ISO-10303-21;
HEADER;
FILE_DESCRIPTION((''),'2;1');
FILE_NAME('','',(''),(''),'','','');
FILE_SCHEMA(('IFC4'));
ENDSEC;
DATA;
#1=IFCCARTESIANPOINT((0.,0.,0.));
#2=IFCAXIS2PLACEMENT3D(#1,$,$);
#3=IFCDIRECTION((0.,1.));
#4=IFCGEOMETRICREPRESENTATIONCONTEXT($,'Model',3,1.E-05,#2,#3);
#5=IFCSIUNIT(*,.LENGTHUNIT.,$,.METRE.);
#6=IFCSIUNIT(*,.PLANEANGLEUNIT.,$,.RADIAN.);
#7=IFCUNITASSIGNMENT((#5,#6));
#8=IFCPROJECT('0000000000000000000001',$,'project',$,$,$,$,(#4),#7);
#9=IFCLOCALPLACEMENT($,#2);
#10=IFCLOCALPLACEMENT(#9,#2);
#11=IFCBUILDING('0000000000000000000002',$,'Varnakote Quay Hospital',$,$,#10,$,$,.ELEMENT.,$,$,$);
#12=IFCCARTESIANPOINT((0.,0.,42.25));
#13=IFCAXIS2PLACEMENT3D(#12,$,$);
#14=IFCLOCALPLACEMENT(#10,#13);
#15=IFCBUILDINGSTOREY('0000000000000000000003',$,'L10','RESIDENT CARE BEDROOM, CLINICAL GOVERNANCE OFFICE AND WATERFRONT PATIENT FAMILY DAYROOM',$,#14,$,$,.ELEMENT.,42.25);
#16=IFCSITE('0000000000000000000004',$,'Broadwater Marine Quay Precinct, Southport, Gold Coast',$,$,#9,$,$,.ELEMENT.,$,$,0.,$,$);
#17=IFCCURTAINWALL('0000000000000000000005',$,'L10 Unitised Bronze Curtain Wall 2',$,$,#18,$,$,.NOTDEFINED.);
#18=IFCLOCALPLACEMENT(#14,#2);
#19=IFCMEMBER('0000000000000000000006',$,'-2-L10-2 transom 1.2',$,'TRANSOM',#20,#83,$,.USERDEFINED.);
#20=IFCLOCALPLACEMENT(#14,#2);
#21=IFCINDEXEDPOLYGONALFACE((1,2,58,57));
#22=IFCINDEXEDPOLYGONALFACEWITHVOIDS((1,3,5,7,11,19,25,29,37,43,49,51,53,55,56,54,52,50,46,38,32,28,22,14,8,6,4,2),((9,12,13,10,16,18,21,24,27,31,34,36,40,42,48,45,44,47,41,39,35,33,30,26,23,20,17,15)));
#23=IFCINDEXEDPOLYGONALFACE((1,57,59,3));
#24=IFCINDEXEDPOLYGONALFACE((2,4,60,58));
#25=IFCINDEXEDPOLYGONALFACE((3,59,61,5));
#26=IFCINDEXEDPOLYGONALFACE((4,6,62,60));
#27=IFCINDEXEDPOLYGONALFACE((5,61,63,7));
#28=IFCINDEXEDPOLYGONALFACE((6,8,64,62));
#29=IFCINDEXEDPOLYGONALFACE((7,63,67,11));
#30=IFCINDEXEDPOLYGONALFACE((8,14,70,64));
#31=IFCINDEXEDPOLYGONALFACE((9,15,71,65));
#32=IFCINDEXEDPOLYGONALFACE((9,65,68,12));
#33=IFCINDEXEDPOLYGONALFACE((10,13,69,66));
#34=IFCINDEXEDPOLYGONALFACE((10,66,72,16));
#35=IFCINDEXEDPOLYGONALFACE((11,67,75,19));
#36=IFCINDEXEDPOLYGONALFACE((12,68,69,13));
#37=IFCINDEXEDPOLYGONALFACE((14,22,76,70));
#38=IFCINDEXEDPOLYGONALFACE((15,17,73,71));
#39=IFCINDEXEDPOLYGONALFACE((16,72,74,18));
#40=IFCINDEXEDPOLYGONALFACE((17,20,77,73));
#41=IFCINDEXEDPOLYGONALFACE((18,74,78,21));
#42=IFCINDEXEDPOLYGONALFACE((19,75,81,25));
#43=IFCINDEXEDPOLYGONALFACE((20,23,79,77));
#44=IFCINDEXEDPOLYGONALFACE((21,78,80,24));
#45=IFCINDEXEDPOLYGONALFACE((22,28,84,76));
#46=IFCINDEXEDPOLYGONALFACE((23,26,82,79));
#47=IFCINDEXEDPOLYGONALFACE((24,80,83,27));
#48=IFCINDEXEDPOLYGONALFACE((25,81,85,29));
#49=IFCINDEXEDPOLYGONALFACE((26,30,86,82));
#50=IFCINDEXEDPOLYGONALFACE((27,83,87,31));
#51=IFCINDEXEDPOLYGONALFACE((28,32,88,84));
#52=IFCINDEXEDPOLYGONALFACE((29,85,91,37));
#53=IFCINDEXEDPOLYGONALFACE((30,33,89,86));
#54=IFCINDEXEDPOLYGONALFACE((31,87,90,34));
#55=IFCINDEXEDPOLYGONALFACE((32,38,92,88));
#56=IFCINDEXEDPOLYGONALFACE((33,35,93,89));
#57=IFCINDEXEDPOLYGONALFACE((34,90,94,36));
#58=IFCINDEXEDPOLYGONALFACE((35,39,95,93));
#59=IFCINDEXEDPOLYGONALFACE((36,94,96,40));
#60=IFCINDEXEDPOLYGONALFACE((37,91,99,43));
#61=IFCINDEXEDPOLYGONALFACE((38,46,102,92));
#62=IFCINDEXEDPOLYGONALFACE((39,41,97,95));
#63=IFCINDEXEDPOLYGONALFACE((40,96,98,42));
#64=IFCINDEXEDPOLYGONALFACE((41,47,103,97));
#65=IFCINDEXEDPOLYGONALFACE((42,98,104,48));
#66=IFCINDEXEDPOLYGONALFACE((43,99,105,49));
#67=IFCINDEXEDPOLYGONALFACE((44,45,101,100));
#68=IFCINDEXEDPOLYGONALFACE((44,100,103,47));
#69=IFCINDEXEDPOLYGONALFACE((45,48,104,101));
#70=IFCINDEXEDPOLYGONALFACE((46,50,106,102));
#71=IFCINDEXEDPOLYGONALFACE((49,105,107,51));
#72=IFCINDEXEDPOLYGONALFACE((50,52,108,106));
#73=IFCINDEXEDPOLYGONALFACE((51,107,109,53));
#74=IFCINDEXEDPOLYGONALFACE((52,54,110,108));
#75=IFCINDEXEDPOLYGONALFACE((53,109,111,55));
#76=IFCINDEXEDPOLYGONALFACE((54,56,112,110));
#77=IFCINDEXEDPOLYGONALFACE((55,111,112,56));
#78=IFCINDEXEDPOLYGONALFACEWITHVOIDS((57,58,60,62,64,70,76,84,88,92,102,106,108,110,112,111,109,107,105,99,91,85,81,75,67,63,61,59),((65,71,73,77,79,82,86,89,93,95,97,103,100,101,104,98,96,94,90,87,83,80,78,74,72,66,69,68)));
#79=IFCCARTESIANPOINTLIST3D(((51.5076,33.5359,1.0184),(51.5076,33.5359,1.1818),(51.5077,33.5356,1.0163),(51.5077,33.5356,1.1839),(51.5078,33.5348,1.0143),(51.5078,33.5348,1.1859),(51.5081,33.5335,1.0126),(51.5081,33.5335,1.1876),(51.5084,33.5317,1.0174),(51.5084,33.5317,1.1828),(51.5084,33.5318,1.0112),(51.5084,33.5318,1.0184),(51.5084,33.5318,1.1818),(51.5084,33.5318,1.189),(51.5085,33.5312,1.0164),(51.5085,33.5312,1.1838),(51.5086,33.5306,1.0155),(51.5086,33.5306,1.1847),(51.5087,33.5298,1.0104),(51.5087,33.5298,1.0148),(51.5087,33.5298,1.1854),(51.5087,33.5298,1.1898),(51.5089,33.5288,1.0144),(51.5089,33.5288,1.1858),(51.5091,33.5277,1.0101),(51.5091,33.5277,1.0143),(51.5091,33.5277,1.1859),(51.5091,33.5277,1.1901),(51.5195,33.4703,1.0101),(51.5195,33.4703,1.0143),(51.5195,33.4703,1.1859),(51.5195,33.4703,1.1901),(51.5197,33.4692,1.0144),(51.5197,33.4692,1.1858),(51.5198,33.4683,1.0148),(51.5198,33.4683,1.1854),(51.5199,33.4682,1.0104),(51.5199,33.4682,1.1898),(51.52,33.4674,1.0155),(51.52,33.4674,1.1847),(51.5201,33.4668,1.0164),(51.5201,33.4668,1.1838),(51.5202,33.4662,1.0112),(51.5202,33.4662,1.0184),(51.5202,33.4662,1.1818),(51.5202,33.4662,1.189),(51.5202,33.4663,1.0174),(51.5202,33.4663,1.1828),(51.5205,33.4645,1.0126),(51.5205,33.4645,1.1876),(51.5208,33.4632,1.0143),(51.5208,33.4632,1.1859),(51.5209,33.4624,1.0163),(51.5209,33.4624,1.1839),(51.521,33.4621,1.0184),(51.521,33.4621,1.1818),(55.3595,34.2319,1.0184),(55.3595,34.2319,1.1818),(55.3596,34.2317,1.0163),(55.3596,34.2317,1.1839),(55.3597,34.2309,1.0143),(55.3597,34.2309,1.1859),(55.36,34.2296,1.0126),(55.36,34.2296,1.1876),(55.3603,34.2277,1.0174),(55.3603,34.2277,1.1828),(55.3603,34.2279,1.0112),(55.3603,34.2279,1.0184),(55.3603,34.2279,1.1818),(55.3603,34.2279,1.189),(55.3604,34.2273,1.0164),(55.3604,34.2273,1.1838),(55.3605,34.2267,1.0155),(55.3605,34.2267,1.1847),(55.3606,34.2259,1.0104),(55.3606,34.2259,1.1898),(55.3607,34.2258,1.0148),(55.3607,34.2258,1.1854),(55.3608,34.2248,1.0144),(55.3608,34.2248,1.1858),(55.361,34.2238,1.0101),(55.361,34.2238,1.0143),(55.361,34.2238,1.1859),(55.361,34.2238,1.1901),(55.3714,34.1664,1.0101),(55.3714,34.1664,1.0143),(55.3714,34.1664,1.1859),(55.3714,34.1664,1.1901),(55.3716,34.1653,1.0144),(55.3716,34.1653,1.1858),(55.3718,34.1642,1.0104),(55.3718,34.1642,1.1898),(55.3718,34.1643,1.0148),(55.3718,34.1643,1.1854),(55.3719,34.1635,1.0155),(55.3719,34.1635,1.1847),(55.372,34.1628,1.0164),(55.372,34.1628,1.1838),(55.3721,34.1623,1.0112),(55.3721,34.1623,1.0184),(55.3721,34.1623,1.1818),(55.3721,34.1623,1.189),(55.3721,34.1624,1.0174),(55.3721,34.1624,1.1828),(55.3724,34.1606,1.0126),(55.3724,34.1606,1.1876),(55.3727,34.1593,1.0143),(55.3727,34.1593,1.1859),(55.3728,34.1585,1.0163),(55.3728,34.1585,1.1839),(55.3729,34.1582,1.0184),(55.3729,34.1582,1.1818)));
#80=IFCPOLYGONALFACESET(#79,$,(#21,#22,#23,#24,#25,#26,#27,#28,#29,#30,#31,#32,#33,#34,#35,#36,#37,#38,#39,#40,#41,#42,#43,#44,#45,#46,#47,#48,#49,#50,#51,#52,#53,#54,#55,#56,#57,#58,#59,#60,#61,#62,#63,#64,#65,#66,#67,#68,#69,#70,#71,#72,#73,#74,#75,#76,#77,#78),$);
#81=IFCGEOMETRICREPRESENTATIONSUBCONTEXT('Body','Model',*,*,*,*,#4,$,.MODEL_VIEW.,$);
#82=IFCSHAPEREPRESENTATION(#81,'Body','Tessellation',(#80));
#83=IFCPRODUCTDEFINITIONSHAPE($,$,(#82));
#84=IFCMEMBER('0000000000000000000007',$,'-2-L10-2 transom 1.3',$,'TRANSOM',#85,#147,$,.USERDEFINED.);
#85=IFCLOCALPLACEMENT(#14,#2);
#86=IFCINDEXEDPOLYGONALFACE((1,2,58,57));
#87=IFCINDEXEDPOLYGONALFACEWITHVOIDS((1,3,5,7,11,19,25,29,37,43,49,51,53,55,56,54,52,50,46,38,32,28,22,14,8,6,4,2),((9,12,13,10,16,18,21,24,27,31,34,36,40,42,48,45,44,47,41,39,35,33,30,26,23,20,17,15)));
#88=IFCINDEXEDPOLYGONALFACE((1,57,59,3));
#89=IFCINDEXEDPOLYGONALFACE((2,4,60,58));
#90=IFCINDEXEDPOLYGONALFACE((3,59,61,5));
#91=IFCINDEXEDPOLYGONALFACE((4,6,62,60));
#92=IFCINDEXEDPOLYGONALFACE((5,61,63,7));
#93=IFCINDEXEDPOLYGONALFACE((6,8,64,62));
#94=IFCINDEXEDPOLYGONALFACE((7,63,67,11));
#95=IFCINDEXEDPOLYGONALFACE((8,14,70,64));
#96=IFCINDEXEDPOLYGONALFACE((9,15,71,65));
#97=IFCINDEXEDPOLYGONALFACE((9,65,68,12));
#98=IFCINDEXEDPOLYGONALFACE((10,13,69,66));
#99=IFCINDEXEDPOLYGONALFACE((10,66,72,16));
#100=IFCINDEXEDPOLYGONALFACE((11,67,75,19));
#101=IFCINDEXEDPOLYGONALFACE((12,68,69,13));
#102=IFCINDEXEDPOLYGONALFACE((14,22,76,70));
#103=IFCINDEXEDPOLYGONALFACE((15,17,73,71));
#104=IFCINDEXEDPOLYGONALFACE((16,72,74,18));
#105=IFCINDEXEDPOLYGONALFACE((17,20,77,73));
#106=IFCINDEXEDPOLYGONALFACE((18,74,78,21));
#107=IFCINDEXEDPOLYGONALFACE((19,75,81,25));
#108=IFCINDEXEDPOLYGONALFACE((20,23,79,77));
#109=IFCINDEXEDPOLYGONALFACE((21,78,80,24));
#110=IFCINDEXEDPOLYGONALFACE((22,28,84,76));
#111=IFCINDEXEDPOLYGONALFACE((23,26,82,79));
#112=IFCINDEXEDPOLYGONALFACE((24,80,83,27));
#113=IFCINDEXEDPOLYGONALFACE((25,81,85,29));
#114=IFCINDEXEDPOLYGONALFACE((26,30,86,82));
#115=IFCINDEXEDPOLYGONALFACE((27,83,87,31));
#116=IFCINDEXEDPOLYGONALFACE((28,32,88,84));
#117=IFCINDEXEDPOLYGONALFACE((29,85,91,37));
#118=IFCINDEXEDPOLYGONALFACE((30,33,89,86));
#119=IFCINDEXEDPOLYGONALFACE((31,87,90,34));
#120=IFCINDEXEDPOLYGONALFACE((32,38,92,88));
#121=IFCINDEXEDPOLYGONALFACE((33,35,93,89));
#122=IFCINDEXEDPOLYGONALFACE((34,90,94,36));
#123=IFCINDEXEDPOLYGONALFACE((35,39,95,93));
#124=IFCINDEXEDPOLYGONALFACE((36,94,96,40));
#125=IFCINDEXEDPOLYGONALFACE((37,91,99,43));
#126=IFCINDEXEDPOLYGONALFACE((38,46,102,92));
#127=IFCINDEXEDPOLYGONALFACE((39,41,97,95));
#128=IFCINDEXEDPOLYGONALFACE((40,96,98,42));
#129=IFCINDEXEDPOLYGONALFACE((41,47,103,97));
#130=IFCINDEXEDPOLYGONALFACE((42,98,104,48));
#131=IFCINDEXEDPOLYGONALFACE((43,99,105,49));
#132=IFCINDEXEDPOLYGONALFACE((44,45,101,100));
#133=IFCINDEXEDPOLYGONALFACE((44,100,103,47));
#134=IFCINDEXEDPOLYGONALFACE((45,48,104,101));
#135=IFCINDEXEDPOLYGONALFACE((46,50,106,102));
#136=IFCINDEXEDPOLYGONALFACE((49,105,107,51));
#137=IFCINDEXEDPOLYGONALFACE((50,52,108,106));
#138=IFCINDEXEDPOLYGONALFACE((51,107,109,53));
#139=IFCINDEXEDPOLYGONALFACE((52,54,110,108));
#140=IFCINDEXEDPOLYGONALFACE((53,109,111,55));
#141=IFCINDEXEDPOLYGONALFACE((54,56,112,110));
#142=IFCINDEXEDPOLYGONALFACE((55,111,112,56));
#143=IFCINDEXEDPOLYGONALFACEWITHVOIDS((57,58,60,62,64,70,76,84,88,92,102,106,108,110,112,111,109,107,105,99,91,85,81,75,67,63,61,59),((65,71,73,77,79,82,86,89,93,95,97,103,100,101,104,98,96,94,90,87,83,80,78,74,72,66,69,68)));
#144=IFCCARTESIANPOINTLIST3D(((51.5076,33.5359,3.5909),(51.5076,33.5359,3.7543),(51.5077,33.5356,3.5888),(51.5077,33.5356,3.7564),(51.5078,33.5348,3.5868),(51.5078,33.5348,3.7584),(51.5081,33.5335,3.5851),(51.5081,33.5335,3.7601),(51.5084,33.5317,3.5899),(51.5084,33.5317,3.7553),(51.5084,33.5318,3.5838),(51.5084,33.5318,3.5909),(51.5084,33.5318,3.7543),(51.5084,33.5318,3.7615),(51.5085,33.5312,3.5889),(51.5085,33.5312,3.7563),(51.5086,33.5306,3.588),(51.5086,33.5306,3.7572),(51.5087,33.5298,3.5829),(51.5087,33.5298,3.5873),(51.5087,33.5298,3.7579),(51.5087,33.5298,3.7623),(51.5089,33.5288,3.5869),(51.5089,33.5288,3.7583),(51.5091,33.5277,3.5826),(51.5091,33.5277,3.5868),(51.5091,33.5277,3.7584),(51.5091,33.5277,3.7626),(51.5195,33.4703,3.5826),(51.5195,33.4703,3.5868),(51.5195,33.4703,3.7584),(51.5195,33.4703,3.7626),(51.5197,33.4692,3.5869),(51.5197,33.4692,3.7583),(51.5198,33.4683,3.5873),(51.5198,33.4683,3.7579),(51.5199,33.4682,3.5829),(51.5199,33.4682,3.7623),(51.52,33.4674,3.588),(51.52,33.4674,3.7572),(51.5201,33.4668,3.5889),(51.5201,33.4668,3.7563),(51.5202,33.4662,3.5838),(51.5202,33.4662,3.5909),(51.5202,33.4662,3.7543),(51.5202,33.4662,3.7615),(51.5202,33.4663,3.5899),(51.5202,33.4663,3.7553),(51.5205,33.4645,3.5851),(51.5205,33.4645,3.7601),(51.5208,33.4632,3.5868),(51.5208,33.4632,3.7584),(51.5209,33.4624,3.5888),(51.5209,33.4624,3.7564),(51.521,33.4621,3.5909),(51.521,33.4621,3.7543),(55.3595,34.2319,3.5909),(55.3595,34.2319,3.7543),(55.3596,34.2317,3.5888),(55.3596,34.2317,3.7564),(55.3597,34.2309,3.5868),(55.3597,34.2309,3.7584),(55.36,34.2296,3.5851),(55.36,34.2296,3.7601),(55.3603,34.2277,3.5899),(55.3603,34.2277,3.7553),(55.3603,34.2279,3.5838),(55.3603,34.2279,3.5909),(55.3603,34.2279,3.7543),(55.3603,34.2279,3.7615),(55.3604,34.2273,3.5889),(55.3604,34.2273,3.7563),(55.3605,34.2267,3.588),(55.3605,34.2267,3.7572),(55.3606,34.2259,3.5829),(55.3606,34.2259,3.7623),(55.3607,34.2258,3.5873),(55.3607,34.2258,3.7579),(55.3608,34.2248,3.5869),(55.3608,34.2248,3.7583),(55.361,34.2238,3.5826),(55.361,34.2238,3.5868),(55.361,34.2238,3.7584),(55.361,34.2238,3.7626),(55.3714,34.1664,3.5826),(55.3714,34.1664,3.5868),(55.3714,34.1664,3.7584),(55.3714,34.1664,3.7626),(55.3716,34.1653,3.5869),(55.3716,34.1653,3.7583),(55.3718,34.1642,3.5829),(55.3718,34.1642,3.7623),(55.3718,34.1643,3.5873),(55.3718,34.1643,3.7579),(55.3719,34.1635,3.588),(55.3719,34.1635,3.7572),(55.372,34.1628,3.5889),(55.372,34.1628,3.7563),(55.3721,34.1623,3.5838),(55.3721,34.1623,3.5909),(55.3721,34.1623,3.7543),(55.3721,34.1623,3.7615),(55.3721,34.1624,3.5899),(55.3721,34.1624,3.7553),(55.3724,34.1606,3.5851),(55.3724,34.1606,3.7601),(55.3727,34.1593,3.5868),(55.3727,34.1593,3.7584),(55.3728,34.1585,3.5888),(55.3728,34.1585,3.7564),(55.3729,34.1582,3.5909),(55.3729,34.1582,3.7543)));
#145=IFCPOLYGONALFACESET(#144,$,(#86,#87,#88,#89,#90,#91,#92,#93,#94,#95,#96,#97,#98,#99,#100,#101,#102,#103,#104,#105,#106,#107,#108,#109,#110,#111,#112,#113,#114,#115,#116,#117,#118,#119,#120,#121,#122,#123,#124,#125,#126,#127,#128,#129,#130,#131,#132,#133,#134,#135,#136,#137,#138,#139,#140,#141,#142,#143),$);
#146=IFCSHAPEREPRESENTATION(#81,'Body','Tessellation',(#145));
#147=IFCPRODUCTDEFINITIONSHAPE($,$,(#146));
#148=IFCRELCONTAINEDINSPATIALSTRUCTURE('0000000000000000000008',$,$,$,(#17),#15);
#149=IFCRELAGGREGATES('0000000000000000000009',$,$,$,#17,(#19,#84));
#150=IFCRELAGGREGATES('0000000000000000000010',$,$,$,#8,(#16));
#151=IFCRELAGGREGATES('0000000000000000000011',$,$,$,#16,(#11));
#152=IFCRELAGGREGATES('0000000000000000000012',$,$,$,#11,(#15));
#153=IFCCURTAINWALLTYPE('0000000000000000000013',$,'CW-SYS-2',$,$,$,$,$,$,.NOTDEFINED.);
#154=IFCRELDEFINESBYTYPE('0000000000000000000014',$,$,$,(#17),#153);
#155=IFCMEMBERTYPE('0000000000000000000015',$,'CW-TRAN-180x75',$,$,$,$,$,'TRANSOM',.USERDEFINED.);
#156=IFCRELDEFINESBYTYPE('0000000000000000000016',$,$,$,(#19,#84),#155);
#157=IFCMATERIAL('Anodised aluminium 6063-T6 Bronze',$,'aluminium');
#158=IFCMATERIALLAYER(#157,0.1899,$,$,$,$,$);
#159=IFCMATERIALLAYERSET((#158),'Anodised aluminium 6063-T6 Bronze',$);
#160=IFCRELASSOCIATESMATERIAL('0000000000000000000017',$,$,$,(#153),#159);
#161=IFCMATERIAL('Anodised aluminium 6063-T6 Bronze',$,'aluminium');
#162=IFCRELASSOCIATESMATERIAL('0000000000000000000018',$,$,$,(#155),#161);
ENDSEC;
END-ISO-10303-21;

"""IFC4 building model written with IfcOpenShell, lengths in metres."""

from ifc_helpers import new_model, si_unit, direction, frame, origin, origin_2d, place, context, subcontext, project, spatial, hollow_rectangle, extrude, material, layer, layer_set, material_profile, profile_set, type_object, element, aggregate, save


model = new_model("IFC4")

# Units and contexts
model_context = context("Model", 3, precision=1e-05, world=origin(), true_north=direction((0.0, 1.0)))
body_context = subcontext(model_context, "Body", "Model", "MODEL_VIEW")
ifc_project = project(units=[si_unit("LENGTHUNIT", "METRE"), si_unit("PLANEANGLEUNIT", "RADIAN")], contexts=[model_context])

# Site, building, storey
site_placement = place(None, origin())
site = spatial("IfcSite", under=ifc_project, at=site_placement, Name="Broadwater Marine Quay Precinct, Southport, Gold Coast", CompositionType="ELEMENT", RefElevation=0.0)
building_placement = place(site_placement, origin())
building = spatial("IfcBuilding", under=site, at=building_placement, Name="Varnakote Quay Hospital", CompositionType="ELEMENT")
storey_placement = place(building_placement, frame((0.0, 0.0, 42.25)))
storey = spatial("IfcBuildingStorey", under=building, at=storey_placement, Name="L10", Description="RESIDENT CARE BEDROOM, CLINICAL GOVERNANCE OFFICE AND WATERFRONT PATIENT FAMILY DAYROOM", CompositionType="ELEMENT", Elevation=42.25)

# Shared definitions
ifc_material_1 = material(Name="Anodised aluminium 6063-T6 Bronze", Category="aluminium")
ifc_layer_1 = layer(ifc_material_1, 0.1899)
ifc_layer_set_1 = layer_set([ifc_layer_1], Name="Anodised aluminium 6063-T6 Bronze")
curtain_wall_type = type_object("IfcCurtainWallType", Name="CW-SYS-2", PredefinedType="NOTDEFINED", material=ifc_layer_set_1)

# Curtain wall
curtain_wall_1_placement = place(storey_placement, origin())
curtain_wall_1 = element("IfcCurtainWall", 1, at=curtain_wall_1_placement, inside=storey, type_object=curtain_wall_type, Name="L10 Unitised Bronze Curtain Wall 2", PredefinedType="NOTDEFINED")

# Members
ifc_material_2 = material(Name="Anodised aluminium 6063-T6 Bronze", Category="aluminium")
ifc_material_profile_1 = material_profile(ifc_material_2, hollow_rectangle(XDim=0.075, YDim=0.1799, WallThickness=0.0042, InnerFilletRadius=0.0042, OuterFilletRadius=0.0083, at=origin_2d()), Name="CW-TRAN-180x75")
ifc_profile_set_1 = profile_set([ifc_material_profile_1], Name="Anodised aluminium 6063-T6 Bronze")
member_type_1 = type_object("IfcMemberType", Name="CW-TRAN-180x75", ElementType="TRANSOM", PredefinedType="USERDEFINED", material=ifc_profile_set_1)
member_1_placement = place(storey_placement, frame((55.3662, 34.1951, 1.1001), z_axis=(-0.984062, -0.177826, 0.0), x_axis=(0.177826, -0.984062, 0.0)))
member_1 = element("IfcMember", 2, at=member_1_placement, type_object=member_type_1, Name="-2-L10-2 transom 1.2", ObjectType="TRANSOM", PredefinedType="USERDEFINED", context=body_context, shape_type="SweptSolid", body=[
    extrude(hollow_rectangle(XDim=0.075, YDim=0.1799, WallThickness=0.0042, InnerFilletRadius=0.0042, OuterFilletRadius=0.0083, at=origin_2d()), origin(), (0.0, 0.0, 1.0), 3.9143),
])
member_2_placement = place(storey_placement, frame((55.3662, 34.1951, 3.6726), z_axis=(-0.984062, -0.177826, 0.0), x_axis=(0.177826, -0.984062, 0.0)))
member_2 = element("IfcMember", 3, at=member_2_placement, type_object=member_type_1, Name="-2-L10-2 transom 1.3", ObjectType="TRANSOM", PredefinedType="USERDEFINED", context=body_context, shape_type="SweptSolid", body=[
    extrude(hollow_rectangle(XDim=0.075, YDim=0.1799, WallThickness=0.0042, InnerFilletRadius=0.0042, OuterFilletRadius=0.0083, at=origin_2d()), origin(), (0.0, 0.0, 1.0), 3.9143),
])

aggregate(curtain_wall_1, [member_1, member_2])

save(model, "model.ifc")
